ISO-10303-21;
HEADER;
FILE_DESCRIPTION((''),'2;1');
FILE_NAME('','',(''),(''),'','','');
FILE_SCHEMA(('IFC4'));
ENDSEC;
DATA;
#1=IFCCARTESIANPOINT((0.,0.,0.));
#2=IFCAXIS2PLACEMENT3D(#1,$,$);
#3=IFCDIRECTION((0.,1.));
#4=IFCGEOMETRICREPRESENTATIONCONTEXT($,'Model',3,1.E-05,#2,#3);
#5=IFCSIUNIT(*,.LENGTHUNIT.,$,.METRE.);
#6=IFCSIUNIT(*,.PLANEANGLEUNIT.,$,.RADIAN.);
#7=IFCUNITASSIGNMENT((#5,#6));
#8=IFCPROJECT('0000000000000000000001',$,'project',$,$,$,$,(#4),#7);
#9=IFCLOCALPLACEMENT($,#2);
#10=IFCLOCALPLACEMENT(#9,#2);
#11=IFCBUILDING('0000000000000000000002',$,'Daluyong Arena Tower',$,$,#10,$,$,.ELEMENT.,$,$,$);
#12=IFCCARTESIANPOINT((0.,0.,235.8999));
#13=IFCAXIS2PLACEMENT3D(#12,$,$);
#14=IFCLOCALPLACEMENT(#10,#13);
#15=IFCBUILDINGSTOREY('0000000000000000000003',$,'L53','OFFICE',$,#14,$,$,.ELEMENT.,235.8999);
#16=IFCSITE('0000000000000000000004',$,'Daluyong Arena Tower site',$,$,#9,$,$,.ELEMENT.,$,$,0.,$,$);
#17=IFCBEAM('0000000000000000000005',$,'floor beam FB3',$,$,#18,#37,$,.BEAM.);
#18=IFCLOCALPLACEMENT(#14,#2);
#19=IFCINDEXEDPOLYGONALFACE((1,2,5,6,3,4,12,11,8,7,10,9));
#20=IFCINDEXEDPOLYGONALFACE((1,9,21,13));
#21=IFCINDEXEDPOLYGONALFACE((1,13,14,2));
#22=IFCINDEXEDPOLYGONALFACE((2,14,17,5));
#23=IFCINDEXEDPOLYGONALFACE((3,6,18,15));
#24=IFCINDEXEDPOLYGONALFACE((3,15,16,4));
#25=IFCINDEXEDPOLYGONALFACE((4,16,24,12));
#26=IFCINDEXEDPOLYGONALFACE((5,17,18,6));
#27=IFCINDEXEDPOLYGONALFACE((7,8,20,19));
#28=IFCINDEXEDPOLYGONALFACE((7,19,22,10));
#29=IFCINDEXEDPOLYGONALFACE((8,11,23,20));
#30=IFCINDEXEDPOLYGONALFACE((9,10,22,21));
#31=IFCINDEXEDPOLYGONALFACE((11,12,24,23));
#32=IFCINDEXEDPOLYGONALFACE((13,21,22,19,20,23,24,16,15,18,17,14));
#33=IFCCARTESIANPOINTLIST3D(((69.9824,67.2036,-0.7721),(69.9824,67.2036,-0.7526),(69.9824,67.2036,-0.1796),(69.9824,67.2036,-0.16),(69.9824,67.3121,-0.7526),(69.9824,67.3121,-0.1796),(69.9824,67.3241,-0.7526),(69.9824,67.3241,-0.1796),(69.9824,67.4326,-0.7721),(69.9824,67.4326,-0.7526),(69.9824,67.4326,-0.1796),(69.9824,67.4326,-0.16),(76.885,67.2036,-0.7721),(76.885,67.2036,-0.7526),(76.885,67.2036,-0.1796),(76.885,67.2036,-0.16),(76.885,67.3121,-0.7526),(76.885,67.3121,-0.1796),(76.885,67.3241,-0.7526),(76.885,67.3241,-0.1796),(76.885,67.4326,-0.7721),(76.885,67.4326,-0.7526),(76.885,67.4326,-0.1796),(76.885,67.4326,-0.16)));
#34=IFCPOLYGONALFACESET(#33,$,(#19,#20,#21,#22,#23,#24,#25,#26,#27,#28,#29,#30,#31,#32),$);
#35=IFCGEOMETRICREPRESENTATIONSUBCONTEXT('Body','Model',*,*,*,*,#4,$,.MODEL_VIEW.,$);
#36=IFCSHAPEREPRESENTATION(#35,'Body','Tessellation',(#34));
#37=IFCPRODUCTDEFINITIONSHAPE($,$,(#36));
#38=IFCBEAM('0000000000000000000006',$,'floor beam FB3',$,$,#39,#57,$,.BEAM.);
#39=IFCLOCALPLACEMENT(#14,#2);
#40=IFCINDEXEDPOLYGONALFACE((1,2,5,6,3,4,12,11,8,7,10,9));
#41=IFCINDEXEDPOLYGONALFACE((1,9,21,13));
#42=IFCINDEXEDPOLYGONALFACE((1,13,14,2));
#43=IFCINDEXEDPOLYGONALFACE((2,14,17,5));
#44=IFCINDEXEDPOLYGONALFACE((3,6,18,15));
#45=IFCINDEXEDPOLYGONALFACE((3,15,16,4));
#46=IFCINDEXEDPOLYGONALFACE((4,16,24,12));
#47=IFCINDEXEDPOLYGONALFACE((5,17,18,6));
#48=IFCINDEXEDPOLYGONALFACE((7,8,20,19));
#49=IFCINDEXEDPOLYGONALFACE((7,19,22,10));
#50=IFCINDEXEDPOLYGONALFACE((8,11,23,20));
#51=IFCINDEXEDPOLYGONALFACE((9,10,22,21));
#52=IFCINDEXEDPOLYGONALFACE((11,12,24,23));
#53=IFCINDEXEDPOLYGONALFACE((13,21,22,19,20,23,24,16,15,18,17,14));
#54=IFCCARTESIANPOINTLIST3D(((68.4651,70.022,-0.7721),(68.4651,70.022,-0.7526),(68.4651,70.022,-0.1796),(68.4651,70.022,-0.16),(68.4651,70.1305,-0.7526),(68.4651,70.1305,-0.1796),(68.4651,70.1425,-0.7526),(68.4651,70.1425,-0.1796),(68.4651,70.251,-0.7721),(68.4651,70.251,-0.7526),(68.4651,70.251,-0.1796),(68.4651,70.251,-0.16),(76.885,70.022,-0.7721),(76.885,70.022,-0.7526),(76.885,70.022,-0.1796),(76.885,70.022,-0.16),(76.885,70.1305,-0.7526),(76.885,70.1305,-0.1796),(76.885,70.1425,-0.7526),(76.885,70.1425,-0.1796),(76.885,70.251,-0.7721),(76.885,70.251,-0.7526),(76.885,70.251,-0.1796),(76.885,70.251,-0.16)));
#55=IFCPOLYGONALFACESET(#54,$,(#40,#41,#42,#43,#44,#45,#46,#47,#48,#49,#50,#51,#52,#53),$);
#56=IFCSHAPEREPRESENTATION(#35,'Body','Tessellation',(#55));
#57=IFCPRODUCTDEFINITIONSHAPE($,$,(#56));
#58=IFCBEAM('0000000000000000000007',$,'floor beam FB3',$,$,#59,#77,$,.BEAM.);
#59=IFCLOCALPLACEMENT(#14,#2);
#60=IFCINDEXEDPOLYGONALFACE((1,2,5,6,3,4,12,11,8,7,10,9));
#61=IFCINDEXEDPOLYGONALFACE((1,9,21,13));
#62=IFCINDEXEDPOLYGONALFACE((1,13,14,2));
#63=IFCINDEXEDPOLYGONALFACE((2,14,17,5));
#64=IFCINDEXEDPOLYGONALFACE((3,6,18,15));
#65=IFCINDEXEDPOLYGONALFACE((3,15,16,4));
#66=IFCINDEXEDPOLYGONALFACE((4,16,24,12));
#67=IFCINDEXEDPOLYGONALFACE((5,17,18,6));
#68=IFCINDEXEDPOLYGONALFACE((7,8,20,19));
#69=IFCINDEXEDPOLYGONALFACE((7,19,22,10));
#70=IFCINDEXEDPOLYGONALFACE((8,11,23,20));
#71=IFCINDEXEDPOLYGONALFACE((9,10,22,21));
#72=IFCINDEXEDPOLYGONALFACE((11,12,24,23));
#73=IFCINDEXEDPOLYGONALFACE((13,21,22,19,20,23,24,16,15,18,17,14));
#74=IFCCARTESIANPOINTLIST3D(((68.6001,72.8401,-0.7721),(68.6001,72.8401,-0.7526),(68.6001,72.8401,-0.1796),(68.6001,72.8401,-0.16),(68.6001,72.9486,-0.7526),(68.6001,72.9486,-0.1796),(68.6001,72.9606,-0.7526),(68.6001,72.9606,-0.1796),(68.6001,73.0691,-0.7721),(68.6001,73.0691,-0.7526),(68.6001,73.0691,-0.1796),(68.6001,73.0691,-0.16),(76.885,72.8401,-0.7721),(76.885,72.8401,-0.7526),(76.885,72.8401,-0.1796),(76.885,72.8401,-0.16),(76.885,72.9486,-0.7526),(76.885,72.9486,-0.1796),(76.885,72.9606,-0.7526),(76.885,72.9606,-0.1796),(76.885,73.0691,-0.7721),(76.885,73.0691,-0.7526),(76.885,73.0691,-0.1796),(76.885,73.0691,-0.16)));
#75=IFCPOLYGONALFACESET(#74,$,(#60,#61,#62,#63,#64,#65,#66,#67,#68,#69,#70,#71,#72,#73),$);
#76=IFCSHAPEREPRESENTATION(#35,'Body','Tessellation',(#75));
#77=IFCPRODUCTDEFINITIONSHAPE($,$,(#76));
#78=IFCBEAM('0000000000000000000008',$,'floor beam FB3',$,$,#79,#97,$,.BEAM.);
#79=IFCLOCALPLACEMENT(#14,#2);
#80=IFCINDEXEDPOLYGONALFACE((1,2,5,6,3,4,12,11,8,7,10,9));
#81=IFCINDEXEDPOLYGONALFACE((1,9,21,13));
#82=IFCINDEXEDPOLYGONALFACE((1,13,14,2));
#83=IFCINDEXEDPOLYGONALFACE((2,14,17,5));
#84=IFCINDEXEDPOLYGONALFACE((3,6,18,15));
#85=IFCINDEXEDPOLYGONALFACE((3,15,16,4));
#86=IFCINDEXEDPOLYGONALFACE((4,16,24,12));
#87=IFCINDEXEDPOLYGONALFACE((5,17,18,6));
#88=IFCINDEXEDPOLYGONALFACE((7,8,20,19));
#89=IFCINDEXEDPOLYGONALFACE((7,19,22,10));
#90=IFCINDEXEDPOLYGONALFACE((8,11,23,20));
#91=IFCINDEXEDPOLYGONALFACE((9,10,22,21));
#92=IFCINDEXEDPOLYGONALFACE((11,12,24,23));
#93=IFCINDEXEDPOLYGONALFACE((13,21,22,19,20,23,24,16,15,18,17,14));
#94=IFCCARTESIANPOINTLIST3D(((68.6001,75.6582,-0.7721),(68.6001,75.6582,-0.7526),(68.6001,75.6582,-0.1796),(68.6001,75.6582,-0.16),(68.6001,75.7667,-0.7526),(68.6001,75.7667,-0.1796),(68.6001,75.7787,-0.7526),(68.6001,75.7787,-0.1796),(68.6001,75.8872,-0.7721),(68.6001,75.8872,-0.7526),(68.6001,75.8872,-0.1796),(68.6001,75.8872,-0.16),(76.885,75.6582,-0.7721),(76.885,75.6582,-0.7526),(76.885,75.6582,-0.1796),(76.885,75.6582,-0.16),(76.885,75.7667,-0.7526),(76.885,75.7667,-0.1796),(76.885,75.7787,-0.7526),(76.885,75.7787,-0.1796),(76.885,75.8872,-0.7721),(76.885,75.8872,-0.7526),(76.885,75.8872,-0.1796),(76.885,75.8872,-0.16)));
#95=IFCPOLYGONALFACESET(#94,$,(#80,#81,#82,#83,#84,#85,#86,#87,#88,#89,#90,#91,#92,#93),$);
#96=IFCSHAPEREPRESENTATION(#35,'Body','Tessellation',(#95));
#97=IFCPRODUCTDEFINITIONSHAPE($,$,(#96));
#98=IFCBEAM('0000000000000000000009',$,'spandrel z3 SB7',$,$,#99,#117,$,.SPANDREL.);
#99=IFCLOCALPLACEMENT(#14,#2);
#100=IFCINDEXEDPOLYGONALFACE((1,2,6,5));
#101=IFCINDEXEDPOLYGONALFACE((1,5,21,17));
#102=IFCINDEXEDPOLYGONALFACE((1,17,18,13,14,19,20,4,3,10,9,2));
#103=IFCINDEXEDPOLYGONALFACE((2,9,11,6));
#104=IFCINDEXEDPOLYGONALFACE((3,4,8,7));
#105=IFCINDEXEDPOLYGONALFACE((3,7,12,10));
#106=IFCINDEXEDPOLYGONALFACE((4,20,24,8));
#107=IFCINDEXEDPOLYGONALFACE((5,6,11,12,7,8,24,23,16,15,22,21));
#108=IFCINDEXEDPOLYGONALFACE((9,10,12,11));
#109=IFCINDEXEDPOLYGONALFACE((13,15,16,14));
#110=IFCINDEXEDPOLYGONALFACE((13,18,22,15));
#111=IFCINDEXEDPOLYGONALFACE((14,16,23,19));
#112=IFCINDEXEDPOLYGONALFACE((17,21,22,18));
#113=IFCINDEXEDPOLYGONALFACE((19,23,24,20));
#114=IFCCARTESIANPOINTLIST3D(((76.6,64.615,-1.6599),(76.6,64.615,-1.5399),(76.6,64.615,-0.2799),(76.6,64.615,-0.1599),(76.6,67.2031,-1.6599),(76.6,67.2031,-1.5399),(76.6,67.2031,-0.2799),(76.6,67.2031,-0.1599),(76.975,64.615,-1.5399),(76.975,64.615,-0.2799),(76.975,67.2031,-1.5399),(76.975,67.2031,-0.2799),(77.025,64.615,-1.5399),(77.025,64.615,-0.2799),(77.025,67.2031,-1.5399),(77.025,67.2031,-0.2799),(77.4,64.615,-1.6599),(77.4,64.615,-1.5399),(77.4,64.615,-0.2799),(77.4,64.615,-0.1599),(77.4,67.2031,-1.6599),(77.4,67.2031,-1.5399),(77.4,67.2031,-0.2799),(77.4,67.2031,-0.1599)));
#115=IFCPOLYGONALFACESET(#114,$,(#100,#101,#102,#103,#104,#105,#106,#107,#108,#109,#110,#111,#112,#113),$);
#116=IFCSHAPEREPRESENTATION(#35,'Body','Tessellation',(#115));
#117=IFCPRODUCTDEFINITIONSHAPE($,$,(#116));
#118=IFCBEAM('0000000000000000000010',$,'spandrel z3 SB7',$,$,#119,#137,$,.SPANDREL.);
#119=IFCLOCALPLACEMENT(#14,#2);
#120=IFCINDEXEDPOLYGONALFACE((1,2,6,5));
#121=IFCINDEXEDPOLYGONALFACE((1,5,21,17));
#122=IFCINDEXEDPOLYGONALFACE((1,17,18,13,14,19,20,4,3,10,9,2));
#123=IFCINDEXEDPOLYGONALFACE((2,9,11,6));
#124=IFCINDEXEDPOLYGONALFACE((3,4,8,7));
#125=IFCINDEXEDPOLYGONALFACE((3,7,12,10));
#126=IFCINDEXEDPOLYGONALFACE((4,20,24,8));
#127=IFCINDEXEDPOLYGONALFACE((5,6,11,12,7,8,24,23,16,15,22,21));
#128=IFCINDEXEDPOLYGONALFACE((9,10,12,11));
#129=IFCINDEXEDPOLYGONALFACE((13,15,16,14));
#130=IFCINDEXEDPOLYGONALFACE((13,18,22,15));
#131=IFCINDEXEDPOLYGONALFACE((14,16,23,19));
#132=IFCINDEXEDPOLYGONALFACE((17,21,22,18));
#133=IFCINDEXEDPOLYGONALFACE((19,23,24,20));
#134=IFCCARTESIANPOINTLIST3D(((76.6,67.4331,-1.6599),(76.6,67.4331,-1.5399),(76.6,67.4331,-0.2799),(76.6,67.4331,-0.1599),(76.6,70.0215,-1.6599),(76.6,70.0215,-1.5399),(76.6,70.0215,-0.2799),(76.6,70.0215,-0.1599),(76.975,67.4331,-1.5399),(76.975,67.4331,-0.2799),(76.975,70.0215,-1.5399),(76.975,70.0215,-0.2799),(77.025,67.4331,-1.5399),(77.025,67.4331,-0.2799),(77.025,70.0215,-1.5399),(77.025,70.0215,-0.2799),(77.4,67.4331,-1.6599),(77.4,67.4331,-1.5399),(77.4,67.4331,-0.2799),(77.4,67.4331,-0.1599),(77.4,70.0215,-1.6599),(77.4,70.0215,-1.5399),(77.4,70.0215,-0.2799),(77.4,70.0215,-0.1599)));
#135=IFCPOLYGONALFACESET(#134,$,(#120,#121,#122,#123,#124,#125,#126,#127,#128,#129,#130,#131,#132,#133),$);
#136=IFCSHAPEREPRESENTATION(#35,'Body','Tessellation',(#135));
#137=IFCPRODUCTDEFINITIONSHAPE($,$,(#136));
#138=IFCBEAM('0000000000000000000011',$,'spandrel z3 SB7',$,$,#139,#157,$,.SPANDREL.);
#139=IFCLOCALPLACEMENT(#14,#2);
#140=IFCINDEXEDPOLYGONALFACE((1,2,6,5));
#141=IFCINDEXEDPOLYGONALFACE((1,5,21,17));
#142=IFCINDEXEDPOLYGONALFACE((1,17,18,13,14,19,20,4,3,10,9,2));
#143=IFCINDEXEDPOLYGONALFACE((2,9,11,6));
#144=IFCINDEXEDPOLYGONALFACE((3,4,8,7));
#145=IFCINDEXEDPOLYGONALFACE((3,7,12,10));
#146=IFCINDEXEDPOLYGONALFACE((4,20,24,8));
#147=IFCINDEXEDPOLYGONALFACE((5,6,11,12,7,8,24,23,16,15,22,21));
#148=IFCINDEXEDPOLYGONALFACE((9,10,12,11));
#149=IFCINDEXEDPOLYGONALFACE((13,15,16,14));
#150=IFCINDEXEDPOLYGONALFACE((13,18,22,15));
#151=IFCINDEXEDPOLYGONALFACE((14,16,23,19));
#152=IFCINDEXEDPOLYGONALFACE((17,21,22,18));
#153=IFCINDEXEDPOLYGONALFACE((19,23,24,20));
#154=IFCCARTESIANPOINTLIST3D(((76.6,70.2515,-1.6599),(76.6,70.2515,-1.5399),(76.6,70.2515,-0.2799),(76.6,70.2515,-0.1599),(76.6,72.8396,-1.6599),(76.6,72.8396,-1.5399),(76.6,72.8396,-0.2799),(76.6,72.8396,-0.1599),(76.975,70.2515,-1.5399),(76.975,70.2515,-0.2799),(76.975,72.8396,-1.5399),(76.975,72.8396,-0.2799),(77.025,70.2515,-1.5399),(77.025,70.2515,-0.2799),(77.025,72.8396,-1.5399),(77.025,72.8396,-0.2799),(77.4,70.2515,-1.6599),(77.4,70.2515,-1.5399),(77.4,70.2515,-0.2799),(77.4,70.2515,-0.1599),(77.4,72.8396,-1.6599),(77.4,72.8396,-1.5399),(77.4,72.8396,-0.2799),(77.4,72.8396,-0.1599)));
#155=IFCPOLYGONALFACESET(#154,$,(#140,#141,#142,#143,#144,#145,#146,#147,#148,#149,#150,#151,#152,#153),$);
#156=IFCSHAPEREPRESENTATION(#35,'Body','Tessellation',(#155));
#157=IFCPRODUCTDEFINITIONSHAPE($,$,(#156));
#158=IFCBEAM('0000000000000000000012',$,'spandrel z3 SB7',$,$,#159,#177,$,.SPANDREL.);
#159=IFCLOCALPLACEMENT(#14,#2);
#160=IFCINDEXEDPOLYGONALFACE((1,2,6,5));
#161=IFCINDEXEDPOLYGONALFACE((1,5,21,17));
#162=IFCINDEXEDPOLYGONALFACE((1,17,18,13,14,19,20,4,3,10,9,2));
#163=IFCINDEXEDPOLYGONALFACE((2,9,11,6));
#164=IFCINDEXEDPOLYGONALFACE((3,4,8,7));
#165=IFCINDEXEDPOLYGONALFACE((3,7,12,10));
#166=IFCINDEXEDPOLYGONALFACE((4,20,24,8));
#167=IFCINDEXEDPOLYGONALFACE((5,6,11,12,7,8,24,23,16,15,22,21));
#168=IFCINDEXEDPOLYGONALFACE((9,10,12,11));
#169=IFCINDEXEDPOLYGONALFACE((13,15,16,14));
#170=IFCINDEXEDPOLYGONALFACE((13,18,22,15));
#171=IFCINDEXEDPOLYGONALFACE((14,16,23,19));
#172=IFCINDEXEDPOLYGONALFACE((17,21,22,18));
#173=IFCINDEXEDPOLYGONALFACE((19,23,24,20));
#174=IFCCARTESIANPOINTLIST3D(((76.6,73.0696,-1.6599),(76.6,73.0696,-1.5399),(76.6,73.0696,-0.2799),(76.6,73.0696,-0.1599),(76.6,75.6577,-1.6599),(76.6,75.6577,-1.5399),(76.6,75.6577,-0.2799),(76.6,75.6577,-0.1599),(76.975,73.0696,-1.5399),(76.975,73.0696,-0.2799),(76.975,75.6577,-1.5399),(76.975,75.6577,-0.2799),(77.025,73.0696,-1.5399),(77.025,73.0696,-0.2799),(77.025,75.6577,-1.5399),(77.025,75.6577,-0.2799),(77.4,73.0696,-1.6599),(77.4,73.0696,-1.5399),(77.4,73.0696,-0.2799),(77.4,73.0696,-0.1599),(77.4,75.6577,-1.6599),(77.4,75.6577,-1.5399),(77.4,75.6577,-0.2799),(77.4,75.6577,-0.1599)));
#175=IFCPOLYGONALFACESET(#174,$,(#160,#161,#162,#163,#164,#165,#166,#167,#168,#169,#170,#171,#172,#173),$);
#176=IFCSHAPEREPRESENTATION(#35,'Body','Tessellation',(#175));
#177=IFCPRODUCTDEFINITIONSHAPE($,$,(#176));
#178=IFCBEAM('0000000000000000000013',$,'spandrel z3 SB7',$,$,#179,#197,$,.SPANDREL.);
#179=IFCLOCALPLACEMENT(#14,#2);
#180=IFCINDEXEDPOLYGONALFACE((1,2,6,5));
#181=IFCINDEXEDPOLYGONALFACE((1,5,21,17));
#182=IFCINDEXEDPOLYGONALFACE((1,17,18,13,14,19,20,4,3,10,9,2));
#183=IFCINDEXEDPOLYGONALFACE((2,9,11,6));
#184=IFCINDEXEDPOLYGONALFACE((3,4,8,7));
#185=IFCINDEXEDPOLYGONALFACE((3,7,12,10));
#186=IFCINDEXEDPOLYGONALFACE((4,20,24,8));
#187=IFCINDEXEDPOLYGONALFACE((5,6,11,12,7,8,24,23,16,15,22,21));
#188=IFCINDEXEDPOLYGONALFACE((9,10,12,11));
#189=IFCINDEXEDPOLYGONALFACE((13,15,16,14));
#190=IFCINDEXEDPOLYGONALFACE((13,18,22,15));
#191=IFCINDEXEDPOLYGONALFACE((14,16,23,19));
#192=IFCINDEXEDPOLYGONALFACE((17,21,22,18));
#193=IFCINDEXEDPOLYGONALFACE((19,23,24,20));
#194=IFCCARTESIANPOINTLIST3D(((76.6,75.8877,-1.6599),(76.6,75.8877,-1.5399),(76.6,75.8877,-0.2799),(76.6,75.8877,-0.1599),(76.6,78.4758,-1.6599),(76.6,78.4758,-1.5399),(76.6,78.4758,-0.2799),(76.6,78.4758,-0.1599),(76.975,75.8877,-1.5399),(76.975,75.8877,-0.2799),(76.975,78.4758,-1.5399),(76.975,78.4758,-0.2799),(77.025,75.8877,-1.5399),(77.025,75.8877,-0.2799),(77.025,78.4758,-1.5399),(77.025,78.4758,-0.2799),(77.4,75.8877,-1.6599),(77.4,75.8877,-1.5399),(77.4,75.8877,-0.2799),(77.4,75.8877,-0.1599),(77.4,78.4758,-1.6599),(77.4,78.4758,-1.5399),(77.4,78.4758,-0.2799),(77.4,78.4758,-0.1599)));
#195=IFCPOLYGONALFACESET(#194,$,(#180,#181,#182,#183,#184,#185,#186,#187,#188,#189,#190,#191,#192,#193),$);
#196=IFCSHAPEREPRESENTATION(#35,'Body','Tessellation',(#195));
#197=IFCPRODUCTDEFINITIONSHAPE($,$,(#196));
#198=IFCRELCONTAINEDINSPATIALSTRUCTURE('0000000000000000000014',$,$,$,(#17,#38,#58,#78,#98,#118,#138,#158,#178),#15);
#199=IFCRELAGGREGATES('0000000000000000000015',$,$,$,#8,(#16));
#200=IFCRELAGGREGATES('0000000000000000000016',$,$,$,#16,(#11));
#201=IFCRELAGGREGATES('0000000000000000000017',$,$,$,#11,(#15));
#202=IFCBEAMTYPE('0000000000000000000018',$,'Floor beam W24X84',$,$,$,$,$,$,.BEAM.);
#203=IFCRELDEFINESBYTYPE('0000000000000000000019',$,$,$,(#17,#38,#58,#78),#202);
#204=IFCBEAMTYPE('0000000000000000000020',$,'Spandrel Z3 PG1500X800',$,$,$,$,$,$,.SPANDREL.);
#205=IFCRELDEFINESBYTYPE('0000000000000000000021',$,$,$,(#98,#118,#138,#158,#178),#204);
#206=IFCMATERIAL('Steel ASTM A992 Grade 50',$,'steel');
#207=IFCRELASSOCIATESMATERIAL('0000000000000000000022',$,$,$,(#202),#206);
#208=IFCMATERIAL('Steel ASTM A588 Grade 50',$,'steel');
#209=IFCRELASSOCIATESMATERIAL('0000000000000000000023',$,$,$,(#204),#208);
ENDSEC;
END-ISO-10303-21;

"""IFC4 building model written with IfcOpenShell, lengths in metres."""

from ifc_helpers import new_model, si_unit, direction, frame, origin, origin_2d, place, context, subcontext, project, spatial, i_section, extrude, material, material_profile, profile_set, type_object, element, save


model = new_model("IFC4")

# Units and contexts
model_context = context("Model", 3, precision=1e-05, world=origin(), true_north=direction((0.0, 1.0)))
body_context = subcontext(model_context, "Body", "Model", "MODEL_VIEW")
ifc_project = project(units=[si_unit("LENGTHUNIT", "METRE"), si_unit("PLANEANGLEUNIT", "RADIAN")], contexts=[model_context])

# Site, building, storey
site_placement = place(None, origin())
site = spatial("IfcSite", under=ifc_project, at=site_placement, Name="Daluyong Arena Tower site", CompositionType="ELEMENT", RefElevation=0.0)
building_placement = place(site_placement, origin())
building = spatial("IfcBuilding", under=site, at=building_placement, Name="Daluyong Arena Tower", CompositionType="ELEMENT")
storey_placement = place(building_placement, frame((0.0, 0.0, 235.8999)))
storey = spatial("IfcBuildingStorey", under=building, at=storey_placement, Name="L53", Description="OFFICE", CompositionType="ELEMENT", Elevation=235.8999)

# Beams
ifc_material_1 = material(Name="Steel ASTM A992 Grade 50", Category="steel")
ifc_material_profile_1 = material_profile(ifc_material_1, i_section(OverallWidth=0.229, OverallDepth=0.6121, WebThickness=0.012, FlangeThickness=0.0195, at=origin_2d()))
ifc_profile_set_1 = profile_set([ifc_material_profile_1], Name="Steel ASTM A992 Grade 50")
beam_type_1 = type_object("IfcBeamType", Name="Floor beam W24X84", PredefinedType="BEAM", material=ifc_profile_set_1)
beam_1_placement = place(storey_placement, frame((76.885, 67.3181, -0.4661), z_axis=(-1.0, 0.0, 0.0), x_axis=(0.0, -1.0, 0.0)))
element("IfcBeam", 1, at=beam_1_placement, inside=storey, type_object=beam_type_1, Name="floor beam FB3", PredefinedType="BEAM", context=body_context, shape_type="SweptSolid", body=[
    extrude(i_section(OverallWidth=0.229, OverallDepth=0.6121, WebThickness=0.012, FlangeThickness=0.0195, at=origin_2d()), origin(), (0.0, 0.0, 1.0), 6.9026),
])
beam_2_placement = place(storey_placement, frame((76.885, 70.1365, -0.4661), z_axis=(-1.0, 0.0, 0.0), x_axis=(0.0, -1.0, 0.0)))
element("IfcBeam", 2, at=beam_2_placement, inside=storey, type_object=beam_type_1, Name="floor beam FB3", PredefinedType="BEAM", context=body_context, shape_type="SweptSolid", body=[
    extrude(i_section(OverallWidth=0.229, OverallDepth=0.6121, WebThickness=0.012, FlangeThickness=0.0195, at=origin_2d()), origin(), (0.0, 0.0, 1.0), 8.4199),
])
for number, where, z_axis, x_axis, name in (
    (3, (76.885, 72.9546, -0.4661), (-1.0, 0.0, 0.0), (0.0, -1.0, 0.0), "floor beam FB3"),
    (4, (76.885, 75.7727, -0.4661), (-1.0, 0.0, 0.0), (0.0, -1.0, 0.0), "floor beam FB3"),
):
    element("IfcBeam", number, at=place(storey_placement, frame(where, z_axis=z_axis, x_axis=x_axis)), inside=storey, type_object=beam_type_1, Name=name, PredefinedType="BEAM", context=body_context, shape_type="SweptSolid", body=[
        extrude(i_section(OverallWidth=0.229, OverallDepth=0.6121, WebThickness=0.012, FlangeThickness=0.0195, at=origin_2d()), origin(), (0.0, 0.0, 1.0), 8.2849),
    ])
ifc_material_2 = material(Name="Steel ASTM A588 Grade 50", Category="steel")
ifc_material_profile_2 = material_profile(ifc_material_2, i_section(OverallWidth=0.8, OverallDepth=1.5, WebThickness=0.05, FlangeThickness=0.12, at=origin_2d()))
ifc_profile_set_2 = profile_set([ifc_material_profile_2], Name="Steel ASTM A588 Grade 50")
beam_type_2 = type_object("IfcBeamType", Name="Spandrel Z3 PG1500X800", PredefinedType="SPANDREL", material=ifc_profile_set_2)
beam_3_placement = place(storey_placement, frame((77.0, 64.615, -0.9099), z_axis=(0.0, 1.0, 0.0), x_axis=(-1.0, 0.0, 0.0)))
element("IfcBeam", 5, at=beam_3_placement, inside=storey, type_object=beam_type_2, Name="spandrel z3 SB7", PredefinedType="SPANDREL", context=body_context, shape_type="SweptSolid", body=[
    extrude(i_section(OverallWidth=0.8, OverallDepth=1.5, WebThickness=0.05, FlangeThickness=0.12, at=origin_2d()), origin(), (0.0, 0.0, 1.0), 2.5881),
])
beam_4_placement = place(storey_placement, frame((77.0, 67.4331, -0.9099), z_axis=(0.0, 1.0, 0.0), x_axis=(-1.0, 0.0, 0.0)))
element("IfcBeam", 6, at=beam_4_placement, inside=storey, type_object=beam_type_2, Name="spandrel z3 SB7", PredefinedType="SPANDREL", context=body_context, shape_type="SweptSolid", body=[
    extrude(i_section(OverallWidth=0.8, OverallDepth=1.5, WebThickness=0.05, FlangeThickness=0.12, at=origin_2d()), origin(), (0.0, 0.0, 1.0), 2.5884),
])
for number, where, z_axis, x_axis, name in (
    (7, (77.0, 70.2515, -0.9099), (0.0, 1.0, 0.0), (-1.0, 0.0, 0.0), "spandrel z3 SB7"),
    (8, (77.0, 73.0696, -0.9099), (0.0, 1.0, 0.0), (-1.0, 0.0, 0.0), "spandrel z3 SB7"),
    (9, (77.0, 75.8877, -0.9099), (0.0, 1.0, 0.0), (-1.0, 0.0, 0.0), "spandrel z3 SB7"),
):
    element("IfcBeam", number, at=place(storey_placement, frame(where, z_axis=z_axis, x_axis=x_axis)), inside=storey, type_object=beam_type_2, Name=name, PredefinedType="SPANDREL", context=body_context, shape_type="SweptSolid", body=[
        extrude(i_section(OverallWidth=0.8, OverallDepth=1.5, WebThickness=0.05, FlangeThickness=0.12, at=origin_2d()), origin(), (0.0, 0.0, 1.0), 2.5881),
    ])

save(model, "model.ifc")
